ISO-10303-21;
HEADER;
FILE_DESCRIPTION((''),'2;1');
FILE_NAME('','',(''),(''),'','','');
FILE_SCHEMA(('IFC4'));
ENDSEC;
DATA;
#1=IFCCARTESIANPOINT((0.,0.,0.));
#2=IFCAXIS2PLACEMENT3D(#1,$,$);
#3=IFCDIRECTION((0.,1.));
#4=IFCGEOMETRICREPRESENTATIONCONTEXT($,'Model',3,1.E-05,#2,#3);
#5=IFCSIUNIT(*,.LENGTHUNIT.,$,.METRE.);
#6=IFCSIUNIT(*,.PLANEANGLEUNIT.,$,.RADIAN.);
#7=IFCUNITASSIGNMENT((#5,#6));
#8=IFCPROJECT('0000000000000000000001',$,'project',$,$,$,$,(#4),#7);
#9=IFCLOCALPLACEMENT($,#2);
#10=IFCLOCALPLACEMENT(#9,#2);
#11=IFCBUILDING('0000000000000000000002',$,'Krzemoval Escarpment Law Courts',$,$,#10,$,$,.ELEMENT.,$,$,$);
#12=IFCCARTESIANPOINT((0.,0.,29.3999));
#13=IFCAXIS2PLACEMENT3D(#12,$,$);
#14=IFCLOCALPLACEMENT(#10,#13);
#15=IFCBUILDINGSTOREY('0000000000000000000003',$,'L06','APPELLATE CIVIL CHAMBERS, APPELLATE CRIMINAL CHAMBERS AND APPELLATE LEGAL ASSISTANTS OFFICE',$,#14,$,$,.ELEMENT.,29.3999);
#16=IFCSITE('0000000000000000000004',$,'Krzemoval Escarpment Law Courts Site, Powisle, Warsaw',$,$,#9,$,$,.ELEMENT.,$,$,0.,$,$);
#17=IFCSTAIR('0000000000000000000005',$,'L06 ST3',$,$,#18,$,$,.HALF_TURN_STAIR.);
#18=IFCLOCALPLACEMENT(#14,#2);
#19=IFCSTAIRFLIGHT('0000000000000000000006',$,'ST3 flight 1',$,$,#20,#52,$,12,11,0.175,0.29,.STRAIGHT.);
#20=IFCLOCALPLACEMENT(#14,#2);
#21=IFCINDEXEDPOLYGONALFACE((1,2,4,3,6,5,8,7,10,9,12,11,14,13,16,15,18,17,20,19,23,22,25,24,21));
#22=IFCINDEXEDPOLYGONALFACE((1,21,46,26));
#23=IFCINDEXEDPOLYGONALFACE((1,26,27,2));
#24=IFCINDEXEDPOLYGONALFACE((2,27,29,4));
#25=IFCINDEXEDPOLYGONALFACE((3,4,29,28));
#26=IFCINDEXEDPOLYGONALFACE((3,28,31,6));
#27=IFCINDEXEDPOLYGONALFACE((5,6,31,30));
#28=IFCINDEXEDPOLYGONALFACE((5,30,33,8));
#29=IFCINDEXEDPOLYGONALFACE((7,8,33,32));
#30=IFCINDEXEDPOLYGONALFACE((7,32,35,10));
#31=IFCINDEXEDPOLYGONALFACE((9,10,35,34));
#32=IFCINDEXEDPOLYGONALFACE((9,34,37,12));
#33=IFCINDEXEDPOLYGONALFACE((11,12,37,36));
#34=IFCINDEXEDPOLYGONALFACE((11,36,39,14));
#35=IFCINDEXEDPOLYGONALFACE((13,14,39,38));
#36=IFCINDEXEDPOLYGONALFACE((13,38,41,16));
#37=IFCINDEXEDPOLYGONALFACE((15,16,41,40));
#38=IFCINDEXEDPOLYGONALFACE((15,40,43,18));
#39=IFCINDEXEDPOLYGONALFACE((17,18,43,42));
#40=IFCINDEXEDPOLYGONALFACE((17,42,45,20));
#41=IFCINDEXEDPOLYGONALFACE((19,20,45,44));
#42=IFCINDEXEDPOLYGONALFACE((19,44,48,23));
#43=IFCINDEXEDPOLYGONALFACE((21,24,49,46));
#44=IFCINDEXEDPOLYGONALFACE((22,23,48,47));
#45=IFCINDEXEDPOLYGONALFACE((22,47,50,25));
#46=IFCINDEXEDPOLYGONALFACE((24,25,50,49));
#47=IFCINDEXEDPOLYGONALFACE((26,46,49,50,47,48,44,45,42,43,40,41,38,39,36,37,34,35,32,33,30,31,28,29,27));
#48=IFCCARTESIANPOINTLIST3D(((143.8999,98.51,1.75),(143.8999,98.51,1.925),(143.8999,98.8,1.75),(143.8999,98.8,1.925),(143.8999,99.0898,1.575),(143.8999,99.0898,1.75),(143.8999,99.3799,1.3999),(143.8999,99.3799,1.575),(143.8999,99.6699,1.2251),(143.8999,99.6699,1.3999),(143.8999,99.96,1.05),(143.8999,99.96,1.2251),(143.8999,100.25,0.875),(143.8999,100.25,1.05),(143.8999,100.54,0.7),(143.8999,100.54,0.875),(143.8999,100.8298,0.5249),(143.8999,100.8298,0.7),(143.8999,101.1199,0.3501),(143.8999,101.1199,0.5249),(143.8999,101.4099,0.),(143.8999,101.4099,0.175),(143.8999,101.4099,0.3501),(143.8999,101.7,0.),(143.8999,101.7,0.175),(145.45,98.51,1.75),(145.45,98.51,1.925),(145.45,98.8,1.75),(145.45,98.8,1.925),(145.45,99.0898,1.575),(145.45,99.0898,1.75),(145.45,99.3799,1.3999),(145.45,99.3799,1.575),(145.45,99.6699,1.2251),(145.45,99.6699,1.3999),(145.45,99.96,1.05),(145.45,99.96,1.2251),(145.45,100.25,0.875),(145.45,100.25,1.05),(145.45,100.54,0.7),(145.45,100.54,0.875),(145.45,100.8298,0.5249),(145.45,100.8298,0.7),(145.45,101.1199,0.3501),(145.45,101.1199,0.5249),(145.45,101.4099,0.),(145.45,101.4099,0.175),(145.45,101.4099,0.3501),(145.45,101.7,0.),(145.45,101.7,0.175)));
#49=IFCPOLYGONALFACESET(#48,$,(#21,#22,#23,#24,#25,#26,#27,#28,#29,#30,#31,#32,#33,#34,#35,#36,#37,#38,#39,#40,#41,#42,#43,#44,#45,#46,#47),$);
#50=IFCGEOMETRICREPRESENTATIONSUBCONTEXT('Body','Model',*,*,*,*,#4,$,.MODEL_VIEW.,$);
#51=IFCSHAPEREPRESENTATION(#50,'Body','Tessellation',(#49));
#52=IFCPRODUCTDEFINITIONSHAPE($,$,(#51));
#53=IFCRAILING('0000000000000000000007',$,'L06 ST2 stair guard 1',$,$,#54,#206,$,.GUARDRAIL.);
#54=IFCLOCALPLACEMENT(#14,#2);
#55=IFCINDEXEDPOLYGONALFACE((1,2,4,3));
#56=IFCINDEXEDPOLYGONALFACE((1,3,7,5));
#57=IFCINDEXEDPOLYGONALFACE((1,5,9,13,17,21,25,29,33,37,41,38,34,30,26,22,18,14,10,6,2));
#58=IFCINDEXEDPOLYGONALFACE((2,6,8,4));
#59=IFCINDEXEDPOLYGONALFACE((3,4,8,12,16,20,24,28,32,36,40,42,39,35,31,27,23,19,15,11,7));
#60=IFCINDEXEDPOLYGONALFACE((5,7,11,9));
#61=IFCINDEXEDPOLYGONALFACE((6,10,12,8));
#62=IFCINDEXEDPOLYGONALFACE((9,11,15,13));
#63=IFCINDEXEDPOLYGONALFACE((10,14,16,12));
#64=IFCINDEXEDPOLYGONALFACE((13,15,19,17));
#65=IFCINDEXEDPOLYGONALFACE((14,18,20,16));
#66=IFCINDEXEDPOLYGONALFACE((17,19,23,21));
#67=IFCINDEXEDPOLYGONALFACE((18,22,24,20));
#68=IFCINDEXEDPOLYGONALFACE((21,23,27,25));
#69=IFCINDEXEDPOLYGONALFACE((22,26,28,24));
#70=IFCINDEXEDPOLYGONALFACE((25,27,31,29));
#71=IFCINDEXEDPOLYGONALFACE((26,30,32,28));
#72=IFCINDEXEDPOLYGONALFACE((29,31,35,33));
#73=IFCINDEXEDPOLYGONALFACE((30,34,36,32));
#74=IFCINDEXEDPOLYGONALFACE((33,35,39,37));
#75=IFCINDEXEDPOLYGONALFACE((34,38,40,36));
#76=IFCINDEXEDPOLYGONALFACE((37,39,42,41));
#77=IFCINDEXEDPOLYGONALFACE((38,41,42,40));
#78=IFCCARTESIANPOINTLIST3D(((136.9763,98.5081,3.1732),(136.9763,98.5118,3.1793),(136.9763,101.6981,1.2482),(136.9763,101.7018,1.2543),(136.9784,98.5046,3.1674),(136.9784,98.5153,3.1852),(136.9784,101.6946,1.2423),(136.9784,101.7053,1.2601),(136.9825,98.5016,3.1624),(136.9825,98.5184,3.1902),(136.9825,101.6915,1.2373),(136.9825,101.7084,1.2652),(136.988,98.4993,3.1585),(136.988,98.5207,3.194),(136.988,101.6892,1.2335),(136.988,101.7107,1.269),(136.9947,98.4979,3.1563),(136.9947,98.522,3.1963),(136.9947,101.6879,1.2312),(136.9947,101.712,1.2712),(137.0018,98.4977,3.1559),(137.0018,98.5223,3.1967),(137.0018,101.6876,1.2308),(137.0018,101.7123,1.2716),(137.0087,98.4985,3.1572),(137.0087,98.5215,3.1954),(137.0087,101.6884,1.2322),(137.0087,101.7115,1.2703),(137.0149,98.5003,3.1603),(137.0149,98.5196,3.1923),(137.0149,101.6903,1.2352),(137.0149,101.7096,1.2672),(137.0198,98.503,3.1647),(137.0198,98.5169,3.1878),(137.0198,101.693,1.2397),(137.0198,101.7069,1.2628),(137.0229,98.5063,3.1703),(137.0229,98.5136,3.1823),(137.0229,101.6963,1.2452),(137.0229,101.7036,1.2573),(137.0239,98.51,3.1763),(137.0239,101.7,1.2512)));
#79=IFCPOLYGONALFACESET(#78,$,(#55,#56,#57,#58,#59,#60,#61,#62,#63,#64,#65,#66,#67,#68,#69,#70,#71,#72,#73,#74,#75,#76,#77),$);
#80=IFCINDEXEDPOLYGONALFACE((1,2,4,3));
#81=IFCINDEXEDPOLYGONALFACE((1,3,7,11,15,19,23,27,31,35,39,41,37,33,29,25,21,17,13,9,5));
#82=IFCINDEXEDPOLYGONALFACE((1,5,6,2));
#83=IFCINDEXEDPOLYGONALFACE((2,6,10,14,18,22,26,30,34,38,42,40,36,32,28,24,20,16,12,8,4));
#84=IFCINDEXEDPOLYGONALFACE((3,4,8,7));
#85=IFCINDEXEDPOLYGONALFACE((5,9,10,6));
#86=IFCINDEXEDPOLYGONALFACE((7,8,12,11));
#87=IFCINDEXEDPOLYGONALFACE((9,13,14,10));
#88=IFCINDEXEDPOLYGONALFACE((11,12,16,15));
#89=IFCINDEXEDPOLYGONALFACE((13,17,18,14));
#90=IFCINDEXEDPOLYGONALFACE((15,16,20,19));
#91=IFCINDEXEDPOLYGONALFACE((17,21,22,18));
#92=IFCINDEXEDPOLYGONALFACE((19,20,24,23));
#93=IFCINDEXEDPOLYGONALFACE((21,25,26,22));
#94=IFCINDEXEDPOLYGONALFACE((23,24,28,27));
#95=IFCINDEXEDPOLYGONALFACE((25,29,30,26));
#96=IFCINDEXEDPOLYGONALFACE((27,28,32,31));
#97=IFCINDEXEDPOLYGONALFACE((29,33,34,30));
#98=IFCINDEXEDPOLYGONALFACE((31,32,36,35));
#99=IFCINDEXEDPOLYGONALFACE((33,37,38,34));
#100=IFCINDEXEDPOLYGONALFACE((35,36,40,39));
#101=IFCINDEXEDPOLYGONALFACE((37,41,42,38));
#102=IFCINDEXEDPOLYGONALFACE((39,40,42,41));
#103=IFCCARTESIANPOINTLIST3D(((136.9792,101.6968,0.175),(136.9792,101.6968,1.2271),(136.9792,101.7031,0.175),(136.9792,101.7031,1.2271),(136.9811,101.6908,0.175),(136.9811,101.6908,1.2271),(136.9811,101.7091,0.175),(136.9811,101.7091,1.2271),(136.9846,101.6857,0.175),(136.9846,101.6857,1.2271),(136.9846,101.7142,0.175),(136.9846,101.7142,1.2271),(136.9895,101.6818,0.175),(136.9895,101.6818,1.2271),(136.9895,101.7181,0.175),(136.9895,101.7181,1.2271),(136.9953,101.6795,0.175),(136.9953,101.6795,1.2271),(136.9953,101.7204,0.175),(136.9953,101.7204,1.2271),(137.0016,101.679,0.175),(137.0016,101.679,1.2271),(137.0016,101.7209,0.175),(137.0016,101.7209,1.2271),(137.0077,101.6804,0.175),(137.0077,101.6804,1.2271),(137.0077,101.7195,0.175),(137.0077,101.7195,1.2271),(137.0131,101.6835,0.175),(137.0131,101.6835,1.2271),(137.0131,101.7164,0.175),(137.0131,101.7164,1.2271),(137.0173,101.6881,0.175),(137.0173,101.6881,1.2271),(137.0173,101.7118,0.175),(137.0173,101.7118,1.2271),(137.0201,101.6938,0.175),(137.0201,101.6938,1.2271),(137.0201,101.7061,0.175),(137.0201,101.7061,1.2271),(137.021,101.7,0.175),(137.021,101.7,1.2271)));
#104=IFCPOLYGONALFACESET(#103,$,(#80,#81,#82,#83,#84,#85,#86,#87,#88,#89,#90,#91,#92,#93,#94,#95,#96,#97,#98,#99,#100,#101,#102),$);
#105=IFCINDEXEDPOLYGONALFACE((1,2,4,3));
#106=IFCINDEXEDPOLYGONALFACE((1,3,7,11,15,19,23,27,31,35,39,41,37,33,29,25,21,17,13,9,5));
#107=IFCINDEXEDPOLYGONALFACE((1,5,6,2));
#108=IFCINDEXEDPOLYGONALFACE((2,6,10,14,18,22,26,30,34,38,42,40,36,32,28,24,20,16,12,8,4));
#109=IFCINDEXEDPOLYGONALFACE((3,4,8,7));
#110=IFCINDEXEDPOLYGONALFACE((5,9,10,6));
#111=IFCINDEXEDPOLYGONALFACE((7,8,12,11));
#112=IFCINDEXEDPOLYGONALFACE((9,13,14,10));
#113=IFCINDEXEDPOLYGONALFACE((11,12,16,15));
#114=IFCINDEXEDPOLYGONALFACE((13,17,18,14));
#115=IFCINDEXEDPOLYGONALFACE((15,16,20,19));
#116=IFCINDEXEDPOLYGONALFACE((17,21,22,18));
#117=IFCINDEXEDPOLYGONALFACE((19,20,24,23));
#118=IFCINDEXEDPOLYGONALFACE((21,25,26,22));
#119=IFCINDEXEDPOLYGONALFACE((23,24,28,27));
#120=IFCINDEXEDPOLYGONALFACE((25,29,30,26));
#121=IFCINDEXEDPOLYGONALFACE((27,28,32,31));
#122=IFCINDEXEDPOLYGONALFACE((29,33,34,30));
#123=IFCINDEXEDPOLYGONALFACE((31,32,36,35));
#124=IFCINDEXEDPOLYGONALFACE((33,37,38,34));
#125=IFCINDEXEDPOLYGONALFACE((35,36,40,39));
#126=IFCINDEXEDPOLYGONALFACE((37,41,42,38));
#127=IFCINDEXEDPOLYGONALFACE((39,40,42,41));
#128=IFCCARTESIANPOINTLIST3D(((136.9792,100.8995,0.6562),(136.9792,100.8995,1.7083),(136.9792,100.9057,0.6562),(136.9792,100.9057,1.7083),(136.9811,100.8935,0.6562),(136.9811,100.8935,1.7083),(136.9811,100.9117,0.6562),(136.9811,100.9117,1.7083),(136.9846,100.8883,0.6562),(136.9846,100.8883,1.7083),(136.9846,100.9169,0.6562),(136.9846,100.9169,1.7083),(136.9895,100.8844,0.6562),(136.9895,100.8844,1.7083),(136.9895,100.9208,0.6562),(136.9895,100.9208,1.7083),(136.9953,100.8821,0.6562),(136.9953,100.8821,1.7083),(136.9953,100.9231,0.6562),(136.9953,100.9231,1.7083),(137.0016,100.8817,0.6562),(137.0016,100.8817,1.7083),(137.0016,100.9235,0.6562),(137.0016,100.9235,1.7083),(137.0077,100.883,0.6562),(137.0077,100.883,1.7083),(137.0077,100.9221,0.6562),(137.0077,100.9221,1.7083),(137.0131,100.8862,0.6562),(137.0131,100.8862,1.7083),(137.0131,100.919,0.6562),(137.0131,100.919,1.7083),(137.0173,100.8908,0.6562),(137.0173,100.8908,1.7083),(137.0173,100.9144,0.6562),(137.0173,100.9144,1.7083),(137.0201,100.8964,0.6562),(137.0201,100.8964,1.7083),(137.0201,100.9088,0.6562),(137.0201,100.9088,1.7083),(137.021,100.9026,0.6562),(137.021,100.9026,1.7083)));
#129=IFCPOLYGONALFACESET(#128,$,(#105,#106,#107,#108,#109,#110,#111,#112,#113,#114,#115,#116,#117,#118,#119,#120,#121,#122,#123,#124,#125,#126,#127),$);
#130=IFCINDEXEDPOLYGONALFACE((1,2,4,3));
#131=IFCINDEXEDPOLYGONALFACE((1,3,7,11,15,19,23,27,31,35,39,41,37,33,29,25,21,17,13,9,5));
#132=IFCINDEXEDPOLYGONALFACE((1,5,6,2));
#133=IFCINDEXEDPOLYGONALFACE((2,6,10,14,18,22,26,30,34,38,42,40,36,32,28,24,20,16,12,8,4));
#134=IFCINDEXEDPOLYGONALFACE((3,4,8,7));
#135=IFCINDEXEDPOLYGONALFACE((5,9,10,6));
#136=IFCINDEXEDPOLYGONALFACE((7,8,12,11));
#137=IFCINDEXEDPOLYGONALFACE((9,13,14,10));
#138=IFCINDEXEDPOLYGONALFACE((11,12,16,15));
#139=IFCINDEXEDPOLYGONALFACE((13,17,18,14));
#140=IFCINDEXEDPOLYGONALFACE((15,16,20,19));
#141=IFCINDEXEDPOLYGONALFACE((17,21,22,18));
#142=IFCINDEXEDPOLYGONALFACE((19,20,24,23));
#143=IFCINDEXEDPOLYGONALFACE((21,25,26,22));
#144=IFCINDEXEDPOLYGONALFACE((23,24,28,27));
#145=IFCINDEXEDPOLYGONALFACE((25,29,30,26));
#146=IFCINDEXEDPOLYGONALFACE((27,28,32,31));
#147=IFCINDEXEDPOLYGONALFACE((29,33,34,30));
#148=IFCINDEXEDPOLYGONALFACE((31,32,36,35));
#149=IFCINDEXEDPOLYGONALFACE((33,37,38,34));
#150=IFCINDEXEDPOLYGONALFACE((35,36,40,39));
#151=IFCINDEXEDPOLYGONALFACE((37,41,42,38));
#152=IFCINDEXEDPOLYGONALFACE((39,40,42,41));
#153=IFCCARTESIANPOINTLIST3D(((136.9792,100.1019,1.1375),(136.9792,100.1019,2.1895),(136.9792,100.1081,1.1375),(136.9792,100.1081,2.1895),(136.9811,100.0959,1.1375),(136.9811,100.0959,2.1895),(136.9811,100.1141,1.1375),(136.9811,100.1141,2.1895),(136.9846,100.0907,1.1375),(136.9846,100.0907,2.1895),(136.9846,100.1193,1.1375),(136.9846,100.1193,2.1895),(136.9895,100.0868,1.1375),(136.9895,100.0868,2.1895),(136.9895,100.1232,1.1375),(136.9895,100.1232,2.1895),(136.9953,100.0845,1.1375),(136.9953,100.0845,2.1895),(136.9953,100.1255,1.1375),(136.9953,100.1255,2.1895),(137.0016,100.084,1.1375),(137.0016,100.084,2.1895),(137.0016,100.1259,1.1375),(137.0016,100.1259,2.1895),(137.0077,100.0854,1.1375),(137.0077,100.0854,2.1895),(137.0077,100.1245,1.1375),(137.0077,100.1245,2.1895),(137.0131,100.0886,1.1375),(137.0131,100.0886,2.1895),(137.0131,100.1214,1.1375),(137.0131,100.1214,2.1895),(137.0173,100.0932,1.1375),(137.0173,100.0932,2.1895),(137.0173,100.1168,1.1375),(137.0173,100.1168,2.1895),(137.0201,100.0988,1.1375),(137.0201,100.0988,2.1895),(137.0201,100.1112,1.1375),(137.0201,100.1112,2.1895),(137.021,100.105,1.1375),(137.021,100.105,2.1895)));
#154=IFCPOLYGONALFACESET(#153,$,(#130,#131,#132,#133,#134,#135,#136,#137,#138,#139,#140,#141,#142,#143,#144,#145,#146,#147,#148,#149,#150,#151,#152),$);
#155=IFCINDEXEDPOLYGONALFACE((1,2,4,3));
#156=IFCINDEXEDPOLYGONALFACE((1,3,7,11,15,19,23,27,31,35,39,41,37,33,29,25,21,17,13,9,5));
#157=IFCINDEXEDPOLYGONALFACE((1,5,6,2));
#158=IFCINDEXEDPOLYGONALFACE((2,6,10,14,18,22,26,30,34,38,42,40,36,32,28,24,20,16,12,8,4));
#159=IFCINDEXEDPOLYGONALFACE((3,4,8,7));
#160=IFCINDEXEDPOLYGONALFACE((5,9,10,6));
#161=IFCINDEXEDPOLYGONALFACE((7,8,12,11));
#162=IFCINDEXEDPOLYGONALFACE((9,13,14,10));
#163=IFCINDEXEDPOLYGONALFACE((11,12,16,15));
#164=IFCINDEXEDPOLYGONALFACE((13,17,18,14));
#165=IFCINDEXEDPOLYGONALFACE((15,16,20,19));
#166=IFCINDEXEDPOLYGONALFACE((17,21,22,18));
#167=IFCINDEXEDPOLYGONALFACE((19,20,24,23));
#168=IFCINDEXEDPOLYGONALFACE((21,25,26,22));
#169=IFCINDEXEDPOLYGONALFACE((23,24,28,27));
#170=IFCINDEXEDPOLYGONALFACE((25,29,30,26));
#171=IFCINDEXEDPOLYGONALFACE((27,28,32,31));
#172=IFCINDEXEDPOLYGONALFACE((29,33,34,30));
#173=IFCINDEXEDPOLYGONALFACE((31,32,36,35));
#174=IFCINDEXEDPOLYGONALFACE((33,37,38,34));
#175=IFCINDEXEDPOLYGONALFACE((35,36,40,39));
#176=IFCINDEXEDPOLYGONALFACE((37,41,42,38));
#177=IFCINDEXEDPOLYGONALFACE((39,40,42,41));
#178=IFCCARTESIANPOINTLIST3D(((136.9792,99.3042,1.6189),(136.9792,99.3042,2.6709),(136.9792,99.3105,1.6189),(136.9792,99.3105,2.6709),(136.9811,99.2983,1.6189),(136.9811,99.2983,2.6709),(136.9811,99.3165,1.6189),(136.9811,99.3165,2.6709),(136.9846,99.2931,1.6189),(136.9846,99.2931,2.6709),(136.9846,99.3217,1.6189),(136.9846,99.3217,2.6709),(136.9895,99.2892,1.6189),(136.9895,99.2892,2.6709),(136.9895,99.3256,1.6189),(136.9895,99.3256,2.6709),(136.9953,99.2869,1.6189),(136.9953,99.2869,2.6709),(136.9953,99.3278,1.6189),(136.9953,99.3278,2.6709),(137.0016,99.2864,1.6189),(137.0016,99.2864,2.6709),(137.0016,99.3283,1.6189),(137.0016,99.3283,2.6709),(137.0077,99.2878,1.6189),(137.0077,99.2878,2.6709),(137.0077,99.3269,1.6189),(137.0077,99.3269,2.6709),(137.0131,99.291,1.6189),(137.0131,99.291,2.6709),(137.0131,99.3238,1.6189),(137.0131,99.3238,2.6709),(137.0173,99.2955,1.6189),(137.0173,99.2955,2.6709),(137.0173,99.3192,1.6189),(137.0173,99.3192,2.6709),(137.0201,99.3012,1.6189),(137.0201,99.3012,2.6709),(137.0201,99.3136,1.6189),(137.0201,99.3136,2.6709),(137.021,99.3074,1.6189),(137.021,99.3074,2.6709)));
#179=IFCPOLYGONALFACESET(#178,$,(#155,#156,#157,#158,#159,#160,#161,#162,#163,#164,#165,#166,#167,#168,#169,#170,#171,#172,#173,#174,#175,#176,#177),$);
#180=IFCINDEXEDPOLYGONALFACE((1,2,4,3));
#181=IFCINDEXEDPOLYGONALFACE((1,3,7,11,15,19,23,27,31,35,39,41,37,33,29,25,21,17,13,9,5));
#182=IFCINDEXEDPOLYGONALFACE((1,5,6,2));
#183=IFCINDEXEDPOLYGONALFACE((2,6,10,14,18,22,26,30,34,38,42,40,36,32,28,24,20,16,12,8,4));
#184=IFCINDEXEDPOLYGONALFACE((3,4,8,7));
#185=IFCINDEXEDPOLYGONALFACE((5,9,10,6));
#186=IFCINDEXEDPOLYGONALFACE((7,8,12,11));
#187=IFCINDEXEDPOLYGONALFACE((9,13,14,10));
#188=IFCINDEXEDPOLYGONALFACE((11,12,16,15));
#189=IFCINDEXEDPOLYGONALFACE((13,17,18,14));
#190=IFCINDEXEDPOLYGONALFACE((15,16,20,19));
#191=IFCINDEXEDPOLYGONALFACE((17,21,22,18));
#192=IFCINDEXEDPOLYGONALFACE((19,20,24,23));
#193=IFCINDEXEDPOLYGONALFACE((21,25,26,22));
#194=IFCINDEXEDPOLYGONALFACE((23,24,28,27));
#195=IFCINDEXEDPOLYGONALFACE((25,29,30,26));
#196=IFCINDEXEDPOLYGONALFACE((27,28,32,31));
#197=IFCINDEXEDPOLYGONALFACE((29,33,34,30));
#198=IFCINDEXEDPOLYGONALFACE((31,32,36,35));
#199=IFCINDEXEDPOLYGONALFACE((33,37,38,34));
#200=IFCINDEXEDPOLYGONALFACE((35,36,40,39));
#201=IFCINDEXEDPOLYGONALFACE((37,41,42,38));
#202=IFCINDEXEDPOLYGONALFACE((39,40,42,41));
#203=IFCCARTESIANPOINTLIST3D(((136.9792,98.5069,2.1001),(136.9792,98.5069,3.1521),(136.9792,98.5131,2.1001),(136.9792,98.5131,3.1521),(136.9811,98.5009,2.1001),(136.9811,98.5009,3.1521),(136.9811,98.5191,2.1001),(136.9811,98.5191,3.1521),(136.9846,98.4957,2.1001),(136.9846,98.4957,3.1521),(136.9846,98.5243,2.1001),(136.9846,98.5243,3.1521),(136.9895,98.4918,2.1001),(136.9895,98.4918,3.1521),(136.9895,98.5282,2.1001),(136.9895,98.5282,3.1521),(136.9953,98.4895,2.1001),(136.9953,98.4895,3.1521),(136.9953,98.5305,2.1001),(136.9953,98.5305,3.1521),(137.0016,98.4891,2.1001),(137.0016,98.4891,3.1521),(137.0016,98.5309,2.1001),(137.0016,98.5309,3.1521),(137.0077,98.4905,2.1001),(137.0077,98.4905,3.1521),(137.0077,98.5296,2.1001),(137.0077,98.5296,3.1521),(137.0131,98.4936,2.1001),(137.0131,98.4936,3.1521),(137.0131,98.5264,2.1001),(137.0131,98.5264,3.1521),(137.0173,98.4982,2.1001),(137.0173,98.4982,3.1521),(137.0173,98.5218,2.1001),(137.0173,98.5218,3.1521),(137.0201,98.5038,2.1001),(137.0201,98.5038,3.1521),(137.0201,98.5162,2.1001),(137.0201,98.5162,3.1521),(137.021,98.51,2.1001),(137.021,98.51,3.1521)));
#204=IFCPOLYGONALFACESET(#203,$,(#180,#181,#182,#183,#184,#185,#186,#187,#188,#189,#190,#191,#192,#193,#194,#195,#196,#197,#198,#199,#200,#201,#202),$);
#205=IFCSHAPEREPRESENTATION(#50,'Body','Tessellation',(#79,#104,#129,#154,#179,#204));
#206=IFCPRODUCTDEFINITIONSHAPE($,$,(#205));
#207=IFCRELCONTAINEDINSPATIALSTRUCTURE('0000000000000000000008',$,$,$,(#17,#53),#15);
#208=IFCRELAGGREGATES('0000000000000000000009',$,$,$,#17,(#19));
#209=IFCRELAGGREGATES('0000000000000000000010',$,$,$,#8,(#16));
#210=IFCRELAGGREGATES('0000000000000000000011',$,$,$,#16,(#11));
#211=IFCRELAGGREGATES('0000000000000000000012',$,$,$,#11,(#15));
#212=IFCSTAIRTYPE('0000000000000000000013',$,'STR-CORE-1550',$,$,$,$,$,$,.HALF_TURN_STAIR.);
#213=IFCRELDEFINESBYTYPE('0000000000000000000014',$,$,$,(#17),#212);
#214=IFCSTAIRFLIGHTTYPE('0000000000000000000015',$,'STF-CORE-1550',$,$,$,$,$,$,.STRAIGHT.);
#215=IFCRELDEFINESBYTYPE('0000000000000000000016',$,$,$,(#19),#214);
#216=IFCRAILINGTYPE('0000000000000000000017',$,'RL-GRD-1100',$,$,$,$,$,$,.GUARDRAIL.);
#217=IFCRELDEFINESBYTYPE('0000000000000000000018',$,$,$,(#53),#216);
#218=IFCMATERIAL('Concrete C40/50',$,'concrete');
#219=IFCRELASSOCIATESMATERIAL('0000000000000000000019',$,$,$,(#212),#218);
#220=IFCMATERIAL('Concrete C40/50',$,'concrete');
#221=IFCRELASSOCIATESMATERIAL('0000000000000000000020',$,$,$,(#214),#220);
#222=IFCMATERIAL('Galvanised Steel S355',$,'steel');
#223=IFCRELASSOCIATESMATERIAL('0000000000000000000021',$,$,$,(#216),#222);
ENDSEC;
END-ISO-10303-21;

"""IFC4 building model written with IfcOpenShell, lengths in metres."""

from ifc_helpers import new_model, si_unit, direction, frame, origin, origin_2d, place, context, subcontext, project, spatial, polyline, circle, outline, extrude, material, type_object, element, aggregate, save


model = new_model("IFC4")

# Units and contexts
model_context = context("Model", 3, precision=1e-05, world=origin(), true_north=direction((0.0, 1.0)))
body_context = subcontext(model_context, "Body", "Model", "MODEL_VIEW")
ifc_project = project(units=[si_unit("LENGTHUNIT", "METRE"), si_unit("PLANEANGLEUNIT", "RADIAN")], contexts=[model_context])

# Site, building, storey
site_placement = place(None, origin())
site = spatial("IfcSite", under=ifc_project, at=site_placement, Name="Krzemoval Escarpment Law Courts Site, Powisle, Warsaw", CompositionType="ELEMENT", RefElevation=0.0)
building_placement = place(site_placement, origin())
building = spatial("IfcBuilding", under=site, at=building_placement, Name="Krzemoval Escarpment Law Courts", CompositionType="ELEMENT")
storey_placement = place(building_placement, frame((0.0, 0.0, 29.3999)))
storey = spatial("IfcBuildingStorey", under=building, at=storey_placement, Name="L06", Description="APPELLATE CIVIL CHAMBERS, APPELLATE CRIMINAL CHAMBERS AND APPELLATE LEGAL ASSISTANTS OFFICE", CompositionType="ELEMENT", Elevation=29.3999)

# Stair, stair flight
ifc_material_1 = material(Name="Concrete C40/50", Category="concrete")
stair_type = type_object("IfcStairType", Name="STR-CORE-1550", PredefinedType="HALF_TURN_STAIR", material=ifc_material_1)
ifc_material_2 = material(Name="Concrete C40/50", Category="concrete")
stair_flight_type = type_object("IfcStairFlightType", Name="STF-CORE-1550", PredefinedType="STRAIGHT", material=ifc_material_2)
stair_1_placement = place(storey_placement, origin())
stair_1 = element("IfcStair", 1, at=stair_1_placement, inside=storey, type_object=stair_type, Name="L06 ST3", PredefinedType="HALF_TURN_STAIR")
stair_flight_1_placement = place(storey_placement, frame((144.675, 101.7, 0.0), z_axis=(0.0, 0.0, 1.0), x_axis=(0.0, -1.0, 0.0)))
stair_flight_1 = element("IfcStairFlight", 2, at=stair_flight_1_placement, type_object=stair_flight_type, Name="ST3 flight 1", NumberOfRisers=12, NumberOfTreads=11, PredefinedType="STRAIGHT", RiserHeight=0.175, TreadLength=0.29, context=body_context, shape_type="SweptSolid", body=[
    extrude(outline(polyline([(0.0, 0.0), (0.0, 0.175), (0.29, 0.175), (0.29, 0.3501), (0.5801, 0.3501), (0.5801, 0.5249), (0.8701, 0.5249), (0.8701, 0.7), (1.1599, 0.7), (1.1599, 0.875), (1.45, 0.875), (1.45, 1.05), (1.74, 1.05), (1.74, 1.2251), (2.03, 1.2251), (2.03, 1.3999), (2.3201, 1.3999), (2.3201, 1.575), (2.6101, 1.575), (2.6101, 1.75), (2.8999, 1.75), (2.8999, 1.925), (3.1899, 1.925), (3.1899, 2.1001), (3.1899, 1.75), (0.29, 0.0), (0.0, 0.0)])), frame((0.0, 0.7749, 0.0), z_axis=(0.0, -1.0, 0.0), x_axis=(1.0, 0.0, 0.0)), (0.0, 0.0, 1.0), 1.55),
])
aggregate(stair_1, [stair_flight_1])

# Railing
ifc_material_3 = material(Name="Galvanised Steel S355", Category="steel")
railing_type_1 = type_object("IfcRailingType", Name="RL-GRD-1100", PredefinedType="GUARDRAIL", material=ifc_material_3)
railing_1_placement = place(storey_placement, frame((137.0, 101.7, 0.175)))
element("IfcRailing", 3, at=railing_1_placement, inside=storey, type_object=railing_type_1, Name="L06 ST2 stair guard 1", PredefinedType="GUARDRAIL", context=body_context, shape_type="SweptSolid", body=[
    extrude(circle(Radius=0.0239, at=origin_2d()), frame((0.0, 0.0, 1.0762), z_axis=(0.0, -0.856178, 0.516682), x_axis=(1.0, 0.0, 0.0)), (0.0, 0.0, 1.0), 3.7258),
    extrude(circle(Radius=0.021, at=origin_2d()), origin(), (0.0, 0.0, 1.0), 1.052),
    extrude(circle(Radius=0.021, at=origin_2d()), frame((0.0, -0.7974, 0.4812)), (0.0, 0.0, 1.0), 1.052),
    extrude(circle(Radius=0.021, at=origin_2d()), frame((0.0, -1.595, 0.9624)), (0.0, 0.0, 1.0), 1.052),
    extrude(circle(Radius=0.021, at=origin_2d()), frame((0.0, -2.3926, 1.4438)), (0.0, 0.0, 1.0), 1.052),
    extrude(circle(Radius=0.021, at=origin_2d()), frame((0.0, -3.1899, 1.925)), (0.0, 0.0, 1.0), 1.052),
])

save(model, "model.ifc")
